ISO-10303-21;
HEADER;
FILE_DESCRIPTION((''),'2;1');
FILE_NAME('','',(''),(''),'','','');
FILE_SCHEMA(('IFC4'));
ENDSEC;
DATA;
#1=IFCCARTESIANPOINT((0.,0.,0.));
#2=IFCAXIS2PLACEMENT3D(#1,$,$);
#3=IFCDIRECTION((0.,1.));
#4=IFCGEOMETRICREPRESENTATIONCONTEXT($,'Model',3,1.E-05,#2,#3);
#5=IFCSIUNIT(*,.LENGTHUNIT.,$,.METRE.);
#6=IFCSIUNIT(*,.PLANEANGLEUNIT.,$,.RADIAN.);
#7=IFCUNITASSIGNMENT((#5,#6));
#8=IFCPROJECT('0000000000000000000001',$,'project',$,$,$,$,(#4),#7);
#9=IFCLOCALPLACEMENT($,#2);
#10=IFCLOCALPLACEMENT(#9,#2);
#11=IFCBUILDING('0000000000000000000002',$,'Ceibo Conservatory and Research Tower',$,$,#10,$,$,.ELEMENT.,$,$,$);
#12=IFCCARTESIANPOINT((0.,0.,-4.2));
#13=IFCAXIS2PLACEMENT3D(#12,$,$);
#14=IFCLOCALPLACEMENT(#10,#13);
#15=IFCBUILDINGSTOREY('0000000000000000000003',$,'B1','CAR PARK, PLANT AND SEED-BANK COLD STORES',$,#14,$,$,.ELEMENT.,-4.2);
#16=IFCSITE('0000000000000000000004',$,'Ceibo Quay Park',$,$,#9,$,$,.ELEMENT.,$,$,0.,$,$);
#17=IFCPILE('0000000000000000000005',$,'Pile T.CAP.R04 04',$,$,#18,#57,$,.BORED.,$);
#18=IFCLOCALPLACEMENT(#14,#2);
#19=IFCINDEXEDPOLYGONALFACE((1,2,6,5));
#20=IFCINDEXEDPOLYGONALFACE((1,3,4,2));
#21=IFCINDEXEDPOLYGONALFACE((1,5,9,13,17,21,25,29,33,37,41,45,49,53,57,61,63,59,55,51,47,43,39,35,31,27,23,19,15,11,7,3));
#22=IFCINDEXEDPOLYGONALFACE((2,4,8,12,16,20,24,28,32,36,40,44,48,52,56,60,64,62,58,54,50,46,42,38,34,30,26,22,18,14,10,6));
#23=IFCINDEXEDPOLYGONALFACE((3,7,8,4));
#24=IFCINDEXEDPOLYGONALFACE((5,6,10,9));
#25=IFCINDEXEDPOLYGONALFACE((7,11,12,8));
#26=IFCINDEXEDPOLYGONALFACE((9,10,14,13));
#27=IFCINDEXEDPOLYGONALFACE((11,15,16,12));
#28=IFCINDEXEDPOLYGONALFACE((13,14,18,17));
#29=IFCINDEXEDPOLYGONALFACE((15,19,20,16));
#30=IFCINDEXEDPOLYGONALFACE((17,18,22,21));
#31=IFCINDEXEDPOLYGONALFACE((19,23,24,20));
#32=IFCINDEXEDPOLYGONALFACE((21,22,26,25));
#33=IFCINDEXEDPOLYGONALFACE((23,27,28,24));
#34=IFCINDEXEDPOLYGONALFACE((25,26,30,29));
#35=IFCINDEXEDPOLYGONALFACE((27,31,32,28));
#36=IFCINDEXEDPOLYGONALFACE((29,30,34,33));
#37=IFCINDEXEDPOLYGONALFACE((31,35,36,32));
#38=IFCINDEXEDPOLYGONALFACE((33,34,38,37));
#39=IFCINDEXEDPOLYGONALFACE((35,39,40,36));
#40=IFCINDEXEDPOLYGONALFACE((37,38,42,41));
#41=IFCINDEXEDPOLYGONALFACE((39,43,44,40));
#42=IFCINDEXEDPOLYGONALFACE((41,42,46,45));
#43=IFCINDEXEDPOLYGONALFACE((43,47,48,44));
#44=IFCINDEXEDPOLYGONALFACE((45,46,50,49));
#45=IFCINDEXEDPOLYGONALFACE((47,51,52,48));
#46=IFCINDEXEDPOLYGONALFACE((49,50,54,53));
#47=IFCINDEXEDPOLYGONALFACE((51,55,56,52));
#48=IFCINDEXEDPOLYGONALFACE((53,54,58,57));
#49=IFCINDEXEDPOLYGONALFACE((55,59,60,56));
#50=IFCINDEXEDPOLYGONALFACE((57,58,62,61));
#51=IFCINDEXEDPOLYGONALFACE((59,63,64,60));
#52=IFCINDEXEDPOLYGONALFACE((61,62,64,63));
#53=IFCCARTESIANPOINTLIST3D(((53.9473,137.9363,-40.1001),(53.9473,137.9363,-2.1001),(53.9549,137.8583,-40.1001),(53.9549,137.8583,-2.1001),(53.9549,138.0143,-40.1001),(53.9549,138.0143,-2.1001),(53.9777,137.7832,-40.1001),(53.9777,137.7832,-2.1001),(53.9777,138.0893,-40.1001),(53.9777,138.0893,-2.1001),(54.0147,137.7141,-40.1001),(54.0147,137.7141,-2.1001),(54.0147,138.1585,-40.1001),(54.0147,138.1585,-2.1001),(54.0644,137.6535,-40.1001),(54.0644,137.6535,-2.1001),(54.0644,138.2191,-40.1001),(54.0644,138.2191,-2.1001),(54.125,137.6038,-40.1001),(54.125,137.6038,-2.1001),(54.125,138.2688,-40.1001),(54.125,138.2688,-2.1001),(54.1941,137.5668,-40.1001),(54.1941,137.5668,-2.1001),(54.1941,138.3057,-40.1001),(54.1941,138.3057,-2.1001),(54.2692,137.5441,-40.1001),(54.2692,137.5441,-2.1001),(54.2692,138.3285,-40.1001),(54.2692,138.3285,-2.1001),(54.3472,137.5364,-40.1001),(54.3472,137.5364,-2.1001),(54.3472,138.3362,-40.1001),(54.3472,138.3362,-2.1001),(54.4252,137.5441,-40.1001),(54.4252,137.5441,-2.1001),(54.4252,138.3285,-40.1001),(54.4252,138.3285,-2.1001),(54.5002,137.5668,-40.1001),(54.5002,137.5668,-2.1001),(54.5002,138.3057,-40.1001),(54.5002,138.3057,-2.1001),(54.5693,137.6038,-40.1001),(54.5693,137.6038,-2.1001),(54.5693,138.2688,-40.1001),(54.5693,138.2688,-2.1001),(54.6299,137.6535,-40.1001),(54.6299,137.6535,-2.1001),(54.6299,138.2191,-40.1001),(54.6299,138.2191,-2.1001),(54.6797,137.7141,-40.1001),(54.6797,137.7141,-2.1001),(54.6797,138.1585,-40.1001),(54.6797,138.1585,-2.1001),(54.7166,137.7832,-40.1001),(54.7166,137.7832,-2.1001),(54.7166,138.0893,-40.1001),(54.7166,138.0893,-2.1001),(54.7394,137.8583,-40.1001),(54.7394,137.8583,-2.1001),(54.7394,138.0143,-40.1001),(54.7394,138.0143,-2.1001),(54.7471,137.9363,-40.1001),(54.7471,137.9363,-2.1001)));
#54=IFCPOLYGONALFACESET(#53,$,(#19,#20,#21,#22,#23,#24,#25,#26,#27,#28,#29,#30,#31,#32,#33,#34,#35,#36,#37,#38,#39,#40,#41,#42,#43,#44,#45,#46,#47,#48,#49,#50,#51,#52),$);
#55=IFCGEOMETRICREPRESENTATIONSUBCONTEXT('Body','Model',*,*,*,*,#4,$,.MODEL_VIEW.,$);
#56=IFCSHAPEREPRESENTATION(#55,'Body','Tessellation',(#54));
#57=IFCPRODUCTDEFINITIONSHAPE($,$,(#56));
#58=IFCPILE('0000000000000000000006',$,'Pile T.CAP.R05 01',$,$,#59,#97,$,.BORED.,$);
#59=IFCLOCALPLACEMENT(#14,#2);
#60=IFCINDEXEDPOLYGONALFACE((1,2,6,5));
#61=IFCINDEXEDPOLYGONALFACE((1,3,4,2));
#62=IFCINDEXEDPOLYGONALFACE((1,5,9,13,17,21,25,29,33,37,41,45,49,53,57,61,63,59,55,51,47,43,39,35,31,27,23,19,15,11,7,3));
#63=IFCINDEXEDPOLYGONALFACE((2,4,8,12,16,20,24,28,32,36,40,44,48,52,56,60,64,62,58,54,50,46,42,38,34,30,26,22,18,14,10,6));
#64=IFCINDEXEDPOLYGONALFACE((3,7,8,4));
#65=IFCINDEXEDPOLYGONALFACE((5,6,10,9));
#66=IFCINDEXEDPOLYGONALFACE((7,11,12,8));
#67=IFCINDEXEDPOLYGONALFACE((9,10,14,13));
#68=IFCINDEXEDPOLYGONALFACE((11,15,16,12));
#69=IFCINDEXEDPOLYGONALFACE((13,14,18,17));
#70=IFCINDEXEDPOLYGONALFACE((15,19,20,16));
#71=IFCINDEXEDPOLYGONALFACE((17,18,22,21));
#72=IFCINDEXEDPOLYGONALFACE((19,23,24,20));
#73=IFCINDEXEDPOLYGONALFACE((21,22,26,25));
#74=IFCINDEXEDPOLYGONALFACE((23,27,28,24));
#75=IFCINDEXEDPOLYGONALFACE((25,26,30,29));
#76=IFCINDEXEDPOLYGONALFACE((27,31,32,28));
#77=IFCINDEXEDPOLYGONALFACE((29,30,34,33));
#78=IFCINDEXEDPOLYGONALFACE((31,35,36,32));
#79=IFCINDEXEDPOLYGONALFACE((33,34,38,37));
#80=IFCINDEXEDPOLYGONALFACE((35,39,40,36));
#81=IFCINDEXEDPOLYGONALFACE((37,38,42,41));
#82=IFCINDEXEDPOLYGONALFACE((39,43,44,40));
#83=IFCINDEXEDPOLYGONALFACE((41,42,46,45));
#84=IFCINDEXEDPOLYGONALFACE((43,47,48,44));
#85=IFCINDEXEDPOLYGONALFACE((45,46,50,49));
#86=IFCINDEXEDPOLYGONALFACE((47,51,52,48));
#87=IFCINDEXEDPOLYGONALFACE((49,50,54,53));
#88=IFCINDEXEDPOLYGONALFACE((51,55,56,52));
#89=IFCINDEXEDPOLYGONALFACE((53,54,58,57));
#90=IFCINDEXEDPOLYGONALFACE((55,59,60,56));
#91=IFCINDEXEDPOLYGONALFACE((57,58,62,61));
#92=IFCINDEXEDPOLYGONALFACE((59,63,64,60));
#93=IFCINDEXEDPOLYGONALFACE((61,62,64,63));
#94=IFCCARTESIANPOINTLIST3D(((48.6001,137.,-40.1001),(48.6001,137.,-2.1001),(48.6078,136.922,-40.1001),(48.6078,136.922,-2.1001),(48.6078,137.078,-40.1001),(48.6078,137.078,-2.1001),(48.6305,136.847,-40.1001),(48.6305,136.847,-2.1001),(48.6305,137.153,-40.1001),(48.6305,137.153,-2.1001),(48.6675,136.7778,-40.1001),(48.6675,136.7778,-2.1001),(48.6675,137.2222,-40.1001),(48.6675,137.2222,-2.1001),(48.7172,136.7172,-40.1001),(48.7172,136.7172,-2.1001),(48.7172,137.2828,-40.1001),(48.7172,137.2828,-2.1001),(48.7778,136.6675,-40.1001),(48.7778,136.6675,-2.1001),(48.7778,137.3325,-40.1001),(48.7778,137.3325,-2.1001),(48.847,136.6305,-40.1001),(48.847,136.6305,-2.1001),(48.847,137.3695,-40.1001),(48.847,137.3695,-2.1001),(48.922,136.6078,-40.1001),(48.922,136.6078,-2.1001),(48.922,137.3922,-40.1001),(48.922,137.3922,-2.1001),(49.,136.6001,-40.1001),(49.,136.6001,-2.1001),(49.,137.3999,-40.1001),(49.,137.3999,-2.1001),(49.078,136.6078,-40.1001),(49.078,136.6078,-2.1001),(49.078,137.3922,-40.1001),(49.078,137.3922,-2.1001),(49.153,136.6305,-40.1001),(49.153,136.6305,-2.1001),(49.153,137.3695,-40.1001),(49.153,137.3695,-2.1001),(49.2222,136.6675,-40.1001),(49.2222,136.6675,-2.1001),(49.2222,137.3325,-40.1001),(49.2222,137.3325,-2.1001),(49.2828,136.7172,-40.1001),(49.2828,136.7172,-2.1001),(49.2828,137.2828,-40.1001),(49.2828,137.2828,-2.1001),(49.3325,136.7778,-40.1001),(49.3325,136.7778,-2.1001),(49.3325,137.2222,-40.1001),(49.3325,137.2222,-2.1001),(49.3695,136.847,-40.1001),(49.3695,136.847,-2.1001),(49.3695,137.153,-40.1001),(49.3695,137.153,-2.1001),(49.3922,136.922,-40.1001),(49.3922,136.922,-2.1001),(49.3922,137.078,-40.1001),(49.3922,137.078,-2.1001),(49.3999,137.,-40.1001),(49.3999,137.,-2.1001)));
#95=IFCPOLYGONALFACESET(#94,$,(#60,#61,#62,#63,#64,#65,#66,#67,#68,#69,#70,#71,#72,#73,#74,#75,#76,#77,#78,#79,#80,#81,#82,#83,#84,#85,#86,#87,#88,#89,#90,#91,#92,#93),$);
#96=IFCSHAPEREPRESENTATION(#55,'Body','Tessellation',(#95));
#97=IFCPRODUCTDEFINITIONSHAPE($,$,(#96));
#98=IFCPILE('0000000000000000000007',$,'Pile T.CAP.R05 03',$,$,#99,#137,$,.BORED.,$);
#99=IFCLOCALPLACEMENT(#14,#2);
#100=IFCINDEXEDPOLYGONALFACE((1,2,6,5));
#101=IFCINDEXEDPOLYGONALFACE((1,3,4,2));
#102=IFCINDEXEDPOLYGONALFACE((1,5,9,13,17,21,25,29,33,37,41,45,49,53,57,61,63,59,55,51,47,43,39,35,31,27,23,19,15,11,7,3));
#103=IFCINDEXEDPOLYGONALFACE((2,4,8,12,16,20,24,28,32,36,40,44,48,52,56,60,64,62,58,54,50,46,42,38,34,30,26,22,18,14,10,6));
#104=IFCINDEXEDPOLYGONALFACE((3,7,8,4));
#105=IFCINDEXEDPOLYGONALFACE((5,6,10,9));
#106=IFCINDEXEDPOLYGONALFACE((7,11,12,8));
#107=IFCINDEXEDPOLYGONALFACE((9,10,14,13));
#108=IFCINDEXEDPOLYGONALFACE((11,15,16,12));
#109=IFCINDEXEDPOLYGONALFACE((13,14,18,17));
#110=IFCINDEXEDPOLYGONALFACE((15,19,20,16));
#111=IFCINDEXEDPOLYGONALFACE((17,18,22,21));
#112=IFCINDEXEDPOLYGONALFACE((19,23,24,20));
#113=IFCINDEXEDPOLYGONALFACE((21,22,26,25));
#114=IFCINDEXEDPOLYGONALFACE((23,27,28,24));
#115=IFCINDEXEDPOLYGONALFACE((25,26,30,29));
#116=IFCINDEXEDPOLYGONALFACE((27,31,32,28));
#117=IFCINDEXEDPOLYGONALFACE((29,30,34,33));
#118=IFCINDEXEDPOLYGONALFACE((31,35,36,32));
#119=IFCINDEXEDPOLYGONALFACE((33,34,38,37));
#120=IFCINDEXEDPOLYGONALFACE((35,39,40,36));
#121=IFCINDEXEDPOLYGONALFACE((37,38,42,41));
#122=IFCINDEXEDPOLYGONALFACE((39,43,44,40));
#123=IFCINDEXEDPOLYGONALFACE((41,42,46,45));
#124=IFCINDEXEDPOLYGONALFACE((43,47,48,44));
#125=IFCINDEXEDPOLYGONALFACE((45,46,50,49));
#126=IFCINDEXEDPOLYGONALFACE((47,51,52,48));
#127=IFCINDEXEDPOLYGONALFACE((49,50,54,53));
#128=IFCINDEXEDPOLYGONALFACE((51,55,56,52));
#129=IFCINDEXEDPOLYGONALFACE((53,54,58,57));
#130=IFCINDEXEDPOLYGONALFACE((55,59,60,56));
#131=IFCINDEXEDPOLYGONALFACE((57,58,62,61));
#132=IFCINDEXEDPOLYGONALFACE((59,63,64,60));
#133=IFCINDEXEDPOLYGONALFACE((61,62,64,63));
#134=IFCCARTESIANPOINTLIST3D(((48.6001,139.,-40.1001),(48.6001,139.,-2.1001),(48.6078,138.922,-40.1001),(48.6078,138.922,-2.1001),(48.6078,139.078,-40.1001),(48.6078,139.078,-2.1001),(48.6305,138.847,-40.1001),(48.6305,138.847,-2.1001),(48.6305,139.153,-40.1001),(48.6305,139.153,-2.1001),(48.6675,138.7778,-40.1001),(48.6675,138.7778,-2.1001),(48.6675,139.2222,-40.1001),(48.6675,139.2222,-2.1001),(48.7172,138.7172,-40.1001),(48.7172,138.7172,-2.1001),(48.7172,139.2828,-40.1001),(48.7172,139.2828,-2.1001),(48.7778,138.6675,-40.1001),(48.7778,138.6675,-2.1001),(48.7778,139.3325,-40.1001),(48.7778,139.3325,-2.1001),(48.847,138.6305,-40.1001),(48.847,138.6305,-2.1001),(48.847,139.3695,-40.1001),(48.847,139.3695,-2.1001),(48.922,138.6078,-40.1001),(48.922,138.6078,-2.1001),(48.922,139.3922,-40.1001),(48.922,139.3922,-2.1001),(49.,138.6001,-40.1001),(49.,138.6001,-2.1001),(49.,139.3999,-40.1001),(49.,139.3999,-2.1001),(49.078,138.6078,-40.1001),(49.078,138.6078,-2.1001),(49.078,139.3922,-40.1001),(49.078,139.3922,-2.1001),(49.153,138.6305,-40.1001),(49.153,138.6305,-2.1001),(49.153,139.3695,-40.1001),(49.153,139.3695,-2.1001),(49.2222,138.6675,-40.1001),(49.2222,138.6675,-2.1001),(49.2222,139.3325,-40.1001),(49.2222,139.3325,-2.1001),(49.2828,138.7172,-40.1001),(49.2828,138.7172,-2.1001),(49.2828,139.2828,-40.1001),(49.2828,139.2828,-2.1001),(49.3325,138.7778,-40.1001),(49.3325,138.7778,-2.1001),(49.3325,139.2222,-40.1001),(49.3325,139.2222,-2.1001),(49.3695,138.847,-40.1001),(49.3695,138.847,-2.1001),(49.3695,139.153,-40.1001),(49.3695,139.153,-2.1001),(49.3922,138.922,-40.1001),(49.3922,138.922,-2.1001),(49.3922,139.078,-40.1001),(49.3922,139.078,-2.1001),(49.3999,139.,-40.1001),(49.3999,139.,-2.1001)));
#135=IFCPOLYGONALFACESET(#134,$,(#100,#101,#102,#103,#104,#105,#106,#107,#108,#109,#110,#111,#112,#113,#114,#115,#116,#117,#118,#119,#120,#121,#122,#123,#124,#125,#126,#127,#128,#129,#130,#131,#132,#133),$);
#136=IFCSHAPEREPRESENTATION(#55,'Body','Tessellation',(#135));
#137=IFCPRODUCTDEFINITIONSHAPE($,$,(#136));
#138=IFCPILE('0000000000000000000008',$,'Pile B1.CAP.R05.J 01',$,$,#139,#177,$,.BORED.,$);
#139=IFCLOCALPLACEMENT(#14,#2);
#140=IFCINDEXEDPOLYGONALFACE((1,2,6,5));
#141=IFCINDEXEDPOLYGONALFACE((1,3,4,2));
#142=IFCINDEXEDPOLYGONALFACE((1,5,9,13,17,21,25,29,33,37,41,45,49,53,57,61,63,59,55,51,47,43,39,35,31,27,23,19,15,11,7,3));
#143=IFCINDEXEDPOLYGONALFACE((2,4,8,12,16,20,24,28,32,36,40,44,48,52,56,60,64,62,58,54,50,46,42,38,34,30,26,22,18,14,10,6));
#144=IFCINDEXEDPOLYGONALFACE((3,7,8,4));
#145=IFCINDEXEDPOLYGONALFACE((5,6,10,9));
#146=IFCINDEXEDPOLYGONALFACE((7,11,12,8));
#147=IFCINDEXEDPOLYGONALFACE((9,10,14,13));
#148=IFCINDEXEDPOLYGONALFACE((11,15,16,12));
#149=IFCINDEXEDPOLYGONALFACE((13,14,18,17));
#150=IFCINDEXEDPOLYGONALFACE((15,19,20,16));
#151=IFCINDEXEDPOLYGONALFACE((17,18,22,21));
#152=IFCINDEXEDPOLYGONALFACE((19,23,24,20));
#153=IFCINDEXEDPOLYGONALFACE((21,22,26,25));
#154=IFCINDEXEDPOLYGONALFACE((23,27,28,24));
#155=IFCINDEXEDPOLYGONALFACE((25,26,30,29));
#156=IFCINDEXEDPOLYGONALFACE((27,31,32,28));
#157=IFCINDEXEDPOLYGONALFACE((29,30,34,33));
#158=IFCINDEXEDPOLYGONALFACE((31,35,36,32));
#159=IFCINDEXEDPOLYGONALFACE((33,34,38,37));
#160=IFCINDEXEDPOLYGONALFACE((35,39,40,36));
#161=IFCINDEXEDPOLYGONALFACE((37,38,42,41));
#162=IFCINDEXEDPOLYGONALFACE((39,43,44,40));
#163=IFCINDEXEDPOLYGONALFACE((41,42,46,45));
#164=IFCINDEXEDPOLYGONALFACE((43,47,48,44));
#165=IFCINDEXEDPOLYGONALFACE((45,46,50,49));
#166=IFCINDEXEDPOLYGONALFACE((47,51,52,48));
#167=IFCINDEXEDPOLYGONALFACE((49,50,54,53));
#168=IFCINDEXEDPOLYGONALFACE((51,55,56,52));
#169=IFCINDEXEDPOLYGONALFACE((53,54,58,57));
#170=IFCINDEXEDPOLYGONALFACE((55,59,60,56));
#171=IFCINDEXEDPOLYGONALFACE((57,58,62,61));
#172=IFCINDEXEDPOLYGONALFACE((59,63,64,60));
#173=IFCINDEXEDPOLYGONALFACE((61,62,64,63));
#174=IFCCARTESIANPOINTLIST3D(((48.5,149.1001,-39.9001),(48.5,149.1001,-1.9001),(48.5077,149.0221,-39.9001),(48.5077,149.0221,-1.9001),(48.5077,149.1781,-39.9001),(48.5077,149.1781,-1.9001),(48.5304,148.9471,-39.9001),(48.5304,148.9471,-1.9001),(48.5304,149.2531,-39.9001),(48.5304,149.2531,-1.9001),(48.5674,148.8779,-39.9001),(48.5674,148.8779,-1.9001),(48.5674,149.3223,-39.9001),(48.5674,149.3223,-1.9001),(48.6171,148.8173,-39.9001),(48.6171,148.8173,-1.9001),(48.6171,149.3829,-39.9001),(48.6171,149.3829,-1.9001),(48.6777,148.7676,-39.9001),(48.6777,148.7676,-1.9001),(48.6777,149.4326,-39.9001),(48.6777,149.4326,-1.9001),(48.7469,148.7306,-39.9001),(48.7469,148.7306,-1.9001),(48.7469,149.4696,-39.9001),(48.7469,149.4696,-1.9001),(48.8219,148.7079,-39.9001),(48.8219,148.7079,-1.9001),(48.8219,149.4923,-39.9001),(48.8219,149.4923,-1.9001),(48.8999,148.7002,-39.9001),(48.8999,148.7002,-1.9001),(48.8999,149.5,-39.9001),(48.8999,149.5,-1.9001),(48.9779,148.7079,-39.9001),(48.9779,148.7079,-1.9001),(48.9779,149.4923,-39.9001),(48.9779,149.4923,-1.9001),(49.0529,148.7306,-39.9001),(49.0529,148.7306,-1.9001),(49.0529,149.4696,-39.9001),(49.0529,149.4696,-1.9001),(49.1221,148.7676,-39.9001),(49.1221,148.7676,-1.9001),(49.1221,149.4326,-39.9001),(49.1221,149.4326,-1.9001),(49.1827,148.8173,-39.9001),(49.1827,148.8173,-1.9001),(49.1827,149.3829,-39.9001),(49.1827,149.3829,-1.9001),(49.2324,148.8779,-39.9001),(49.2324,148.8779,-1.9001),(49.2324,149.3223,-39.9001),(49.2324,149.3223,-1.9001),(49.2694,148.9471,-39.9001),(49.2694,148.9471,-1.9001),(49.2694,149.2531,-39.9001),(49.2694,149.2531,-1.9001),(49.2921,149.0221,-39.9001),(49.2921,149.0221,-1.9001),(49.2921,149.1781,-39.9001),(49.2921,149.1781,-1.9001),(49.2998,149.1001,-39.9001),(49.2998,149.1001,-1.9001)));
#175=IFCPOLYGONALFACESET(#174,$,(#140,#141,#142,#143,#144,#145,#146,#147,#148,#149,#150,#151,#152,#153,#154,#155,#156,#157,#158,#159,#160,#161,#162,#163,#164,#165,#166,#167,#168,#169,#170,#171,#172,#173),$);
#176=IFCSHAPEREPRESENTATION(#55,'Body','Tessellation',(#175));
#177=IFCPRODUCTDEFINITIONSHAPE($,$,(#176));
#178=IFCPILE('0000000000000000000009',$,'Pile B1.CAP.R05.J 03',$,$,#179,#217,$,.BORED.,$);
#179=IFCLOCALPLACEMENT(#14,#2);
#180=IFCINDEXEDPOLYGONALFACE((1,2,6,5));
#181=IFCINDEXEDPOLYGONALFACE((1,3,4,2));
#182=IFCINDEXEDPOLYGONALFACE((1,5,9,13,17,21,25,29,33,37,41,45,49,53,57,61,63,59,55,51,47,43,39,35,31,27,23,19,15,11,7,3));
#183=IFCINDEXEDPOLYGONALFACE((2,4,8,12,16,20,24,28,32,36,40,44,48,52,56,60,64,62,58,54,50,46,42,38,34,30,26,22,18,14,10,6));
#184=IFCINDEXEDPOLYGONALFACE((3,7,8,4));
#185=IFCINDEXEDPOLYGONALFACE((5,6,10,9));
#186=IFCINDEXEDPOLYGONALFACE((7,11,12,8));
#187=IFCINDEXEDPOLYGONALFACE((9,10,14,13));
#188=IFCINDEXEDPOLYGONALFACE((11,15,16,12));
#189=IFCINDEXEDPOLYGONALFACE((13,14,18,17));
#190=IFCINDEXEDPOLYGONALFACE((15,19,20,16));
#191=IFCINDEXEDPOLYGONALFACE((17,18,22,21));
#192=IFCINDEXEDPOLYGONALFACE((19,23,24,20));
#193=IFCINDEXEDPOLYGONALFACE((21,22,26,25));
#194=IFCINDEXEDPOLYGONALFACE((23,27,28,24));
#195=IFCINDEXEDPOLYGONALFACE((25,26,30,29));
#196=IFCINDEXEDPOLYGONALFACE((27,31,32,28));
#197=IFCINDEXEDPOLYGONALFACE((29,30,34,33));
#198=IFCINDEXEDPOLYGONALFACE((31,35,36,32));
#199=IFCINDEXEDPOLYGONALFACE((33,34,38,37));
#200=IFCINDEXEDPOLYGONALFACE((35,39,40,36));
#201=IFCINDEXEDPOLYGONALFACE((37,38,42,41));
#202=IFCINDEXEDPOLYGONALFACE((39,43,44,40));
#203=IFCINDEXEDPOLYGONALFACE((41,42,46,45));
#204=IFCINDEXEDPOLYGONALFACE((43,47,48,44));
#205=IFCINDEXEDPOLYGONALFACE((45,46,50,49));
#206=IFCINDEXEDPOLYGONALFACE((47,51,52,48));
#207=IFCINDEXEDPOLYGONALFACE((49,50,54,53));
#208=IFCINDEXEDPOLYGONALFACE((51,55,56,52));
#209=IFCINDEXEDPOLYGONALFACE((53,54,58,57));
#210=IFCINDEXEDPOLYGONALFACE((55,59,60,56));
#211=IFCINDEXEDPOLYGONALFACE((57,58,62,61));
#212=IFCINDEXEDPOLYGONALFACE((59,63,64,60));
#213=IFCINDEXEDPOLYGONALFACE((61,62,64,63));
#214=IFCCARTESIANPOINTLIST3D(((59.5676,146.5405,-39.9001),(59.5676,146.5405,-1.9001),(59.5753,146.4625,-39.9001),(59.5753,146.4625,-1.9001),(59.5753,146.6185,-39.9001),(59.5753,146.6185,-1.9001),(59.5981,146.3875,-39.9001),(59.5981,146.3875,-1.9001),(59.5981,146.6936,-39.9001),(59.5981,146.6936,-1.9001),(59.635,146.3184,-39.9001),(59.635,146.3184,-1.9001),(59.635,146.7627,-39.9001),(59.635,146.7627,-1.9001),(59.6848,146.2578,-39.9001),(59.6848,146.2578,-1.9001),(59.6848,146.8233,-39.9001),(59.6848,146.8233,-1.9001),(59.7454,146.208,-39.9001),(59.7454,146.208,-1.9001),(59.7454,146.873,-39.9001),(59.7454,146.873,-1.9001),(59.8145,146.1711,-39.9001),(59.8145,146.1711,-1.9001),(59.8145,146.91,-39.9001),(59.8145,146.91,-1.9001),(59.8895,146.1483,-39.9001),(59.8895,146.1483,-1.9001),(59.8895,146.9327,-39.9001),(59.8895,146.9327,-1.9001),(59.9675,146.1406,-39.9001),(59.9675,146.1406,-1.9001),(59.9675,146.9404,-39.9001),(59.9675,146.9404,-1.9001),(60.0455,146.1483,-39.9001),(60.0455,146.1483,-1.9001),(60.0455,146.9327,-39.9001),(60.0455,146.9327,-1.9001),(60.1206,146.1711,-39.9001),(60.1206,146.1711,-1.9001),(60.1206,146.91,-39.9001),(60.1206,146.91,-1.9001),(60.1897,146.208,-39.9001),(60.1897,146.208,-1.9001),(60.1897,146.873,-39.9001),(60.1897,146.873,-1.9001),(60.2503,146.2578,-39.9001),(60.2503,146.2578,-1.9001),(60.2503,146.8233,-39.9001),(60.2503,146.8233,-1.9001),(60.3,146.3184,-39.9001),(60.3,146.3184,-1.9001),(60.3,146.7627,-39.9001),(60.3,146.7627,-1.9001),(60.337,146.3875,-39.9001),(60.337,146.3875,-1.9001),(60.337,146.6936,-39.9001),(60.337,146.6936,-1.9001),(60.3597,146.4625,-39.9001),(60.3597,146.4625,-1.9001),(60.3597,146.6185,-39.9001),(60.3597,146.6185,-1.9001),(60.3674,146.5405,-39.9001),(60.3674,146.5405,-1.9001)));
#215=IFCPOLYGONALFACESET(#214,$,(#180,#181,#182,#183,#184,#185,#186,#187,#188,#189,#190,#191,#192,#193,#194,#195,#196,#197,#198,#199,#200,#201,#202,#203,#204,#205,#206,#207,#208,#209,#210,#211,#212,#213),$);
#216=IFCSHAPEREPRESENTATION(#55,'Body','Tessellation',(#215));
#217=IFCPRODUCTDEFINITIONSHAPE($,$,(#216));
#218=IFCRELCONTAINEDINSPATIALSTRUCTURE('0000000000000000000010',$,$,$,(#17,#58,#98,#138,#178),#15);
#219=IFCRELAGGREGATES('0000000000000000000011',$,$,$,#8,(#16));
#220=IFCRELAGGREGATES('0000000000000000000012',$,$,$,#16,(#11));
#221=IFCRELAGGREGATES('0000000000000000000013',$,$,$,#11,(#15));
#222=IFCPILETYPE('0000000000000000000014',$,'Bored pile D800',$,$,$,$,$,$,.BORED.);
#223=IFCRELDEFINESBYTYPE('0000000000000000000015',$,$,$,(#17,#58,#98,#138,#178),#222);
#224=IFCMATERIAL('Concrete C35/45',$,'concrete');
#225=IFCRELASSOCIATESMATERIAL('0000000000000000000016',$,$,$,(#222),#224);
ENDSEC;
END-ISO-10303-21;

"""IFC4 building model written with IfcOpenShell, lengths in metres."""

from ifc_helpers import new_model, si_unit, direction, frame, origin, origin_2d, place, context, subcontext, project, spatial, circle, extrude, material, material_profile, profile_set, type_object, element, save


model = new_model("IFC4")

# Units and contexts
model_context = context("Model", 3, precision=1e-05, world=origin(), true_north=direction((0.0, 1.0)))
body_context = subcontext(model_context, "Body", "Model", "MODEL_VIEW")
ifc_project = project(units=[si_unit("LENGTHUNIT", "METRE"), si_unit("PLANEANGLEUNIT", "RADIAN")], contexts=[model_context])

# Site, building, storey
site_placement = place(None, origin())
site = spatial("IfcSite", under=ifc_project, at=site_placement, Name="Ceibo Quay Park", CompositionType="ELEMENT", RefElevation=0.0)
building_placement = place(site_placement, origin())
building = spatial("IfcBuilding", under=site, at=building_placement, Name="Ceibo Conservatory and Research Tower", CompositionType="ELEMENT")
storey_placement = place(building_placement, frame((0.0, 0.0, -4.2)))
storey = spatial("IfcBuildingStorey", under=building, at=storey_placement, Name="B1", Description="CAR PARK, PLANT AND SEED-BANK COLD STORES", CompositionType="ELEMENT", Elevation=-4.2)

# Piles
ifc_material_1 = material(Name="Concrete C35/45", Category="concrete")
ifc_material_profile_1 = material_profile(ifc_material_1, circle(Radius=0.3999, at=origin_2d()), Name="RC D800")
ifc_profile_set_1 = profile_set([ifc_material_profile_1], Name="Concrete C35/45")
pile_type_1 = type_object("IfcPileType", Name="Bored pile D800", PredefinedType="BORED", material=ifc_profile_set_1)
for number, where, z_axis, x_axis, name in (
    (1, (54.3472, 137.9363, -2.1001), (0.0, 0.0, -1.0), (1.0, 0.0, 0.0), "Pile T.CAP.R04 04"),
    (2, (49.0, 137.0, -2.1001), (0.0, 0.0, -1.0), (1.0, 0.0, 0.0), "Pile T.CAP.R05 01"),
    (3, (49.0, 139.0, -2.1001), (0.0, 0.0, -1.0), (1.0, 0.0, 0.0), "Pile T.CAP.R05 03"),
    (4, (48.8999, 149.1001, -1.9001), (0.0, 0.0, -1.0), (1.0, 0.0, 0.0), "Pile B1.CAP.R05.J 01"),
    (5, (59.9675, 146.5405, -1.9001), (0.0, 0.0, -1.0), (1.0, 0.0, 0.0), "Pile B1.CAP.R05.J 03"),
):
    element("IfcPile", number, at=place(storey_placement, frame(where, z_axis=z_axis, x_axis=x_axis)), inside=storey, type_object=pile_type_1, Name=name, PredefinedType="BORED", context=body_context, shape_type="SweptSolid", body=[
        extrude(circle(Radius=0.3999, at=origin_2d()), origin(), (0.0, 0.0, 1.0), 38.0),
    ])

save(model, "model.ifc")
